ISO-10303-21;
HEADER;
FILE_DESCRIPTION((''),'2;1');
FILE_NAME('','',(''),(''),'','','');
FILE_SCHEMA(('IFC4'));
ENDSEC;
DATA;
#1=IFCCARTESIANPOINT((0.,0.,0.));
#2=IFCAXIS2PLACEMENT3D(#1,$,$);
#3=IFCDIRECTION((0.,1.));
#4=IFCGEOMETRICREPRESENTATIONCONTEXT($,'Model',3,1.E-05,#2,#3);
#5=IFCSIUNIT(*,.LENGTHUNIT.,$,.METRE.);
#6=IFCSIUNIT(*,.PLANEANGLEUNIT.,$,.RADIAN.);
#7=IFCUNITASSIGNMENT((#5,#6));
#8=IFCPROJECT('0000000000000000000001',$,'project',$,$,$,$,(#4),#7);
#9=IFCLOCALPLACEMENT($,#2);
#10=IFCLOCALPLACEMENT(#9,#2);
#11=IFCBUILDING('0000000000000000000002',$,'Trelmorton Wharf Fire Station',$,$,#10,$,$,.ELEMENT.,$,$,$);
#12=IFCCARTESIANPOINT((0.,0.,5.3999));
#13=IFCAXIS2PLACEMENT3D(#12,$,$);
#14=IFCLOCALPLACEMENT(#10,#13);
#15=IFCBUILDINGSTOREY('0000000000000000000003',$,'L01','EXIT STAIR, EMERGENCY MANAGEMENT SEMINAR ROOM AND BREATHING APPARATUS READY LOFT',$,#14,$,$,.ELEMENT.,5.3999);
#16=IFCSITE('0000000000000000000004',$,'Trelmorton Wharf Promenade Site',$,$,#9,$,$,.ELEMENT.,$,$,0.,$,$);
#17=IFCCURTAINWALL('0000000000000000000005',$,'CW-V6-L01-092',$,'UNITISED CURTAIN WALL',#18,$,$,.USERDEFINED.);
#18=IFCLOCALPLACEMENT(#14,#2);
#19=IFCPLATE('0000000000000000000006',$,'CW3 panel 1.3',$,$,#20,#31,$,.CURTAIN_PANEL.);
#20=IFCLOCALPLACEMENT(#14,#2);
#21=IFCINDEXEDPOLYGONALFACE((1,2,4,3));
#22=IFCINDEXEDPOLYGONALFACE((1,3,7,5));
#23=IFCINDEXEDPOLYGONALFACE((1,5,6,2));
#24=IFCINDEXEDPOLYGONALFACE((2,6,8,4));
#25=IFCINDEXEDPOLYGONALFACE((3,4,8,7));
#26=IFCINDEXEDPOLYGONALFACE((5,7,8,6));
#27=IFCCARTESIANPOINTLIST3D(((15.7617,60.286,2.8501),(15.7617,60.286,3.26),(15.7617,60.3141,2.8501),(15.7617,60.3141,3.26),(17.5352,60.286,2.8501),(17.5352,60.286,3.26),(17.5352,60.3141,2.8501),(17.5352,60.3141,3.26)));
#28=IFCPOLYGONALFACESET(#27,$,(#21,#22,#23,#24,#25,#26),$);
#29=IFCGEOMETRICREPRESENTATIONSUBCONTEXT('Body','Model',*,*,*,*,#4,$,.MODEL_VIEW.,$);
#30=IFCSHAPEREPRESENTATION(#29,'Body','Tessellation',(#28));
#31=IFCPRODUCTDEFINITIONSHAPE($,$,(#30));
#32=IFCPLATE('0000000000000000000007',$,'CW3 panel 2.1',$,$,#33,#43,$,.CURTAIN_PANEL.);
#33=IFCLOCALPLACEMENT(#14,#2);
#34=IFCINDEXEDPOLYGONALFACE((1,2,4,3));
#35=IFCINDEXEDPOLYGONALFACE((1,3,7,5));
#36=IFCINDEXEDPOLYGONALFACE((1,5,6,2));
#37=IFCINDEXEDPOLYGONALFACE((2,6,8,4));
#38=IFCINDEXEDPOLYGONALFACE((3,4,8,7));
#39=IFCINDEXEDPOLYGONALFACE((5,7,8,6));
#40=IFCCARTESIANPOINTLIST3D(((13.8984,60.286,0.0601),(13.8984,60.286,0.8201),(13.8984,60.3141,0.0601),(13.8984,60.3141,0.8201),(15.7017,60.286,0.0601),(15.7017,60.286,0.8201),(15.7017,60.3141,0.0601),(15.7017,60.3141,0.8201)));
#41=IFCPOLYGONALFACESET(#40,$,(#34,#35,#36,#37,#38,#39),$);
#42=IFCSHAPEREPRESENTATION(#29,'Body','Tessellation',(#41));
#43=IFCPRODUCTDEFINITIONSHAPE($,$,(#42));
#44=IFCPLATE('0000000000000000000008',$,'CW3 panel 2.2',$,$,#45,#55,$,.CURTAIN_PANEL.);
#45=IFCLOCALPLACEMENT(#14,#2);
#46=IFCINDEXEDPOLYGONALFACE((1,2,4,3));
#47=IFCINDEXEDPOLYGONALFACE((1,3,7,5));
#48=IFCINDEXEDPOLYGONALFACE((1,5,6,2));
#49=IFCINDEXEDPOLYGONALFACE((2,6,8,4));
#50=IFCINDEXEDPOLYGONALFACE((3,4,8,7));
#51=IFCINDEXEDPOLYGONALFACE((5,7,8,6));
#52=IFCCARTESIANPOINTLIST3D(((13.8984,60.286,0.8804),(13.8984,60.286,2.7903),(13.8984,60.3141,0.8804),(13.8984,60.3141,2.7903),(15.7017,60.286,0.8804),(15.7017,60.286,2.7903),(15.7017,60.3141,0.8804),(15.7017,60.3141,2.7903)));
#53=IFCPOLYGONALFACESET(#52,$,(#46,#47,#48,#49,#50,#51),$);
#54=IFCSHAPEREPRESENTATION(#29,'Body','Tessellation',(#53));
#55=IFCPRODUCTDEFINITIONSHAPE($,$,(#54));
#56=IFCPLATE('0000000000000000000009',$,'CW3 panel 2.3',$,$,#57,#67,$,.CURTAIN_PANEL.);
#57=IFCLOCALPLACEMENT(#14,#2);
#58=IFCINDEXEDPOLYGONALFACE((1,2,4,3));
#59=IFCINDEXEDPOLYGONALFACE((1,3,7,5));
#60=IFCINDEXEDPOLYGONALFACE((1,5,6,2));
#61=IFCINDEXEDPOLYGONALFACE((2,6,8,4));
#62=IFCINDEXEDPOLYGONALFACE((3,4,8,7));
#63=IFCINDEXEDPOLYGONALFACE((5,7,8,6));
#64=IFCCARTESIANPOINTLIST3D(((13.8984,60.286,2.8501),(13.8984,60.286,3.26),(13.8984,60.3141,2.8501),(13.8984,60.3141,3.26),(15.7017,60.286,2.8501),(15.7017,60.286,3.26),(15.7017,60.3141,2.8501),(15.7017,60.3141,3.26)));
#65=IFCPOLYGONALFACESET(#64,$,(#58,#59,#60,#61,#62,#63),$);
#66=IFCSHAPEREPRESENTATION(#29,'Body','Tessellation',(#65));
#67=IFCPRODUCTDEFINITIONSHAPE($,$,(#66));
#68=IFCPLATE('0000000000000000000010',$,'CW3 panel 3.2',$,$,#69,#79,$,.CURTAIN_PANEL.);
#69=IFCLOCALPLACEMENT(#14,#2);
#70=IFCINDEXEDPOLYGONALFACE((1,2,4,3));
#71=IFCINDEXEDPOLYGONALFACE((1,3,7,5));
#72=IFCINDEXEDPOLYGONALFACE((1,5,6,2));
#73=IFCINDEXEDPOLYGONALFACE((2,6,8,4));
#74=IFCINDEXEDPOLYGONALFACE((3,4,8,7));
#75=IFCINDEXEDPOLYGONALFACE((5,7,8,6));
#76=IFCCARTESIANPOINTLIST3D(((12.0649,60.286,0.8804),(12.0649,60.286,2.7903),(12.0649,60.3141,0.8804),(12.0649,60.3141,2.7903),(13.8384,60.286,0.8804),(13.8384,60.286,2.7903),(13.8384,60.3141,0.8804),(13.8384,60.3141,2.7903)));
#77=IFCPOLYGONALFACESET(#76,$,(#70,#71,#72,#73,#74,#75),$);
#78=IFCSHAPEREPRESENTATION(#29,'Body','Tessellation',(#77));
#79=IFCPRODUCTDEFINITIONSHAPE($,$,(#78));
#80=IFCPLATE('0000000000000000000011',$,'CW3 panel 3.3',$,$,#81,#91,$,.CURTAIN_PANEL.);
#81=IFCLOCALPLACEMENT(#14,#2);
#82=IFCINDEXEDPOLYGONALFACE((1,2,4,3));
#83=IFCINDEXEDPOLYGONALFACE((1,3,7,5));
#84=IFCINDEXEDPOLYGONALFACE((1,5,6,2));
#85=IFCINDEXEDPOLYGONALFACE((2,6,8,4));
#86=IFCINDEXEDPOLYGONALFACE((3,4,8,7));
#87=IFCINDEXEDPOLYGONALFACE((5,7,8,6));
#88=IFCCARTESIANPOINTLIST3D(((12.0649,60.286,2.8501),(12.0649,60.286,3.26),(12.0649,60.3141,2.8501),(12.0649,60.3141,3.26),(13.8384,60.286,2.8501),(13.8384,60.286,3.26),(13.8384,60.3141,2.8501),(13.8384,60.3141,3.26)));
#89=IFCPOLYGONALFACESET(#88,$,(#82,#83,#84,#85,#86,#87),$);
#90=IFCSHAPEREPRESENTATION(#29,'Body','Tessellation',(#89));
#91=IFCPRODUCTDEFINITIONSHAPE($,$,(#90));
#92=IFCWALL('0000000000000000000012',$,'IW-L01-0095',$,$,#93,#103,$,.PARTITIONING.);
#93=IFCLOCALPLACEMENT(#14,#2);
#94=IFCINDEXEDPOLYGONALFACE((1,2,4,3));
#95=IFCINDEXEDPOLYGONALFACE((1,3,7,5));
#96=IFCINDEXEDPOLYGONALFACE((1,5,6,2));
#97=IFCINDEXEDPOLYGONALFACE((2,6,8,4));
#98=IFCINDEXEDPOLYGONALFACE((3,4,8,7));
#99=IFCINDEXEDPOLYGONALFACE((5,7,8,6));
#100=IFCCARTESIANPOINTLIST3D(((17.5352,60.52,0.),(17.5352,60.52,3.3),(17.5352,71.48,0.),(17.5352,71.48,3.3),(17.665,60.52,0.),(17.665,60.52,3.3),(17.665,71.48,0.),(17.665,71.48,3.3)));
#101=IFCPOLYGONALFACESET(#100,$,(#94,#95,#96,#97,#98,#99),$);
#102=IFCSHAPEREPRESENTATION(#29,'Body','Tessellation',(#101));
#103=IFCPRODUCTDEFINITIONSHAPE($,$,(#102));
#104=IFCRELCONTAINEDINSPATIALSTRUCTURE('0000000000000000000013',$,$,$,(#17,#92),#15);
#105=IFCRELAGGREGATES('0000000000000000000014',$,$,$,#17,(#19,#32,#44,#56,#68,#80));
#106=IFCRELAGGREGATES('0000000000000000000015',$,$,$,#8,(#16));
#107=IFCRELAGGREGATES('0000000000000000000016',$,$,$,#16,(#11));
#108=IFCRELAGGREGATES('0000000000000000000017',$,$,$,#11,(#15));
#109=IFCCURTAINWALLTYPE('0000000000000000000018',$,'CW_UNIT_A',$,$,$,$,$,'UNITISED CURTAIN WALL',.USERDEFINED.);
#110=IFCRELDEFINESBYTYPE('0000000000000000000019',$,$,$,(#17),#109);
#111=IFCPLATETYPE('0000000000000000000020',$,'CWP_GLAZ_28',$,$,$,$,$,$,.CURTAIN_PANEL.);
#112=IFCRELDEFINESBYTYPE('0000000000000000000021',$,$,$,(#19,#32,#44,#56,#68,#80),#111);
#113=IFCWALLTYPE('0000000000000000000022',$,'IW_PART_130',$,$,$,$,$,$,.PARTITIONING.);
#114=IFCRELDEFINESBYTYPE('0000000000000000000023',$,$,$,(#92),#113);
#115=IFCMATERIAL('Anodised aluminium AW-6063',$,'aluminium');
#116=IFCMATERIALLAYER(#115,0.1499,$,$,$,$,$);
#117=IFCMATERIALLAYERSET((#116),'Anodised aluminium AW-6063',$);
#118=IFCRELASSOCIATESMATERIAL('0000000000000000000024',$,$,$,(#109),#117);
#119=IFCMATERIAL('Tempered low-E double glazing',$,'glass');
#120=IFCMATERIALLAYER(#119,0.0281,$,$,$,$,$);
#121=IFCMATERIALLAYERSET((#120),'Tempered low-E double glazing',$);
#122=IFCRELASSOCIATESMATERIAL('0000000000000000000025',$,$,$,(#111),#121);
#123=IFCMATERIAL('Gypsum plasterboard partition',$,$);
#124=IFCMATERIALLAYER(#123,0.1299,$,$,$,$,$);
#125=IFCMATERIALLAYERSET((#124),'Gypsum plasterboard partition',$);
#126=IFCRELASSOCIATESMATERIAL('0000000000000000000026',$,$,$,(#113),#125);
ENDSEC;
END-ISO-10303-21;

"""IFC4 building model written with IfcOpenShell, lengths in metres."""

from ifc_helpers import new_model, si_unit, direction, frame, frame_2d, origin, origin_2d, place, context, subcontext, project, spatial, rectangle, extrude, material, layer, layer_set, type_object, element, aggregate, save


model = new_model("IFC4")

# Units and contexts
model_context = context("Model", 3, precision=1e-05, world=origin(), true_north=direction((0.0, 1.0)))
body_context = subcontext(model_context, "Body", "Model", "MODEL_VIEW")
ifc_project = project(units=[si_unit("LENGTHUNIT", "METRE"), si_unit("PLANEANGLEUNIT", "RADIAN")], contexts=[model_context])

# Site, building, storey
site_placement = place(None, origin())
site = spatial("IfcSite", under=ifc_project, at=site_placement, Name="Trelmorton Wharf Promenade Site", CompositionType="ELEMENT", RefElevation=0.0)
building_placement = place(site_placement, origin())
building = spatial("IfcBuilding", under=site, at=building_placement, Name="Trelmorton Wharf Fire Station", CompositionType="ELEMENT")
storey_placement = place(building_placement, frame((0.0, 0.0, 5.3999)))
storey = spatial("IfcBuildingStorey", under=building, at=storey_placement, Name="L01", Description="EXIT STAIR, EMERGENCY MANAGEMENT SEMINAR ROOM AND BREATHING APPARATUS READY LOFT", CompositionType="ELEMENT", Elevation=5.3999)

# Shared definitions
ifc_material_1 = material(Name="Anodised aluminium AW-6063", Category="aluminium")
ifc_layer_1 = layer(ifc_material_1, 0.1499)
ifc_layer_set_1 = layer_set([ifc_layer_1], Name="Anodised aluminium AW-6063")
curtain_wall_type = type_object("IfcCurtainWallType", Name="CW_UNIT_A", ElementType="UNITISED CURTAIN WALL", PredefinedType="USERDEFINED", material=ifc_layer_set_1)

# Curtain wall
curtain_wall_1_placement = place(storey_placement, origin())
curtain_wall_1 = element("IfcCurtainWall", 1, at=curtain_wall_1_placement, inside=storey, type_object=curtain_wall_type, Name="CW-V6-L01-092", ObjectType="UNITISED CURTAIN WALL", PredefinedType="USERDEFINED")

# Plates
ifc_material_2 = material(Name="Tempered low-E double glazing", Category="glass")
ifc_layer_2 = layer(ifc_material_2, 0.0281)
ifc_layer_set_2 = layer_set([ifc_layer_2], Name="Tempered low-E double glazing")
plate_type = type_object("IfcPlateType", Name="CWP_GLAZ_28", PredefinedType="CURTAIN_PANEL", material=ifc_layer_set_2)
plate_1_placement = place(storey_placement, frame((16.6484, 60.3, 2.8501), z_axis=(0.0, 0.0, 1.0), x_axis=(-1.0, 0.0, 0.0)))
plate_1 = element("IfcPlate", 2, at=plate_1_placement, type_object=plate_type, Name="CW3 panel 1.3", PredefinedType="CURTAIN_PANEL", context=body_context, shape_type="SweptSolid", body=[
    extrude(rectangle(XDim=1.7734, YDim=0.0281, at=origin_2d()), origin(), (0.0, 0.0, 1.0), 0.4099),
])
plate_2_placement = place(storey_placement, frame((14.8, 60.3, 0.0601), z_axis=(0.0, 0.0, 1.0), x_axis=(-1.0, 0.0, 0.0)))
plate_2 = element("IfcPlate", 3, at=plate_2_placement, type_object=plate_type, Name="CW3 panel 2.1", PredefinedType="CURTAIN_PANEL", context=body_context, shape_type="SweptSolid", body=[
    extrude(rectangle(XDim=1.8032, YDim=0.0281, at=origin_2d()), origin(), (0.0, 0.0, 1.0), 0.76),
])
plate_3_placement = place(storey_placement, frame((14.8, 60.3, 0.8804), z_axis=(0.0, 0.0, 1.0), x_axis=(-1.0, 0.0, 0.0)))
plate_3 = element("IfcPlate", 4, at=plate_3_placement, type_object=plate_type, Name="CW3 panel 2.2", PredefinedType="CURTAIN_PANEL", context=body_context, shape_type="SweptSolid", body=[
    extrude(rectangle(XDim=1.8032, YDim=0.0281, at=origin_2d()), origin(), (0.0, 0.0, 1.0), 1.9099),
])
plate_4_placement = place(storey_placement, frame((14.8, 60.3, 2.8501), z_axis=(0.0, 0.0, 1.0), x_axis=(-1.0, 0.0, 0.0)))
plate_4 = element("IfcPlate", 5, at=plate_4_placement, type_object=plate_type, Name="CW3 panel 2.3", PredefinedType="CURTAIN_PANEL", context=body_context, shape_type="SweptSolid", body=[
    extrude(rectangle(XDim=1.8032, YDim=0.0281, at=origin_2d()), origin(), (0.0, 0.0, 1.0), 0.4099),
])
plate_5_placement = place(storey_placement, frame((12.9517, 60.3, 0.8804), z_axis=(0.0, 0.0, 1.0), x_axis=(-1.0, 0.0, 0.0)))
plate_5 = element("IfcPlate", 6, at=plate_5_placement, type_object=plate_type, Name="CW3 panel 3.2", PredefinedType="CURTAIN_PANEL", context=body_context, shape_type="SweptSolid", body=[
    extrude(rectangle(XDim=1.7734, YDim=0.0281, at=origin_2d()), origin(), (0.0, 0.0, 1.0), 1.9099),
])
plate_6_placement = place(storey_placement, frame((12.9517, 60.3, 2.8501), z_axis=(0.0, 0.0, 1.0), x_axis=(-1.0, 0.0, 0.0)))
plate_6 = element("IfcPlate", 7, at=plate_6_placement, type_object=plate_type, Name="CW3 panel 3.3", PredefinedType="CURTAIN_PANEL", context=body_context, shape_type="SweptSolid", body=[
    extrude(rectangle(XDim=1.7734, YDim=0.0281, at=origin_2d()), origin(), (0.0, 0.0, 1.0), 0.4099),
])
aggregate(curtain_wall_1, [plate_1, plate_2, plate_3, plate_4, plate_5, plate_6])

# Wall
ifc_material_3 = material(Name="Gypsum plasterboard partition")
ifc_layer_3 = layer(ifc_material_3, 0.1299)
ifc_layer_set_3 = layer_set([ifc_layer_3], Name="Gypsum plasterboard partition")
wall_type = type_object("IfcWallType", Name="IW_PART_130", PredefinedType="PARTITIONING", material=ifc_layer_set_3)
wall_placement = place(storey_placement, frame((17.6001, 60.52, 0.0), z_axis=(0.0, 0.0, 1.0), x_axis=(0.0, 1.0, 0.0)))
element("IfcWall", 8, at=wall_placement, inside=storey, type_object=wall_type, Name="IW-L01-0095", PredefinedType="PARTITIONING", context=body_context, shape_type="SweptSolid", body=[
    extrude(rectangle(XDim=10.96, YDim=0.1299, at=frame_2d((5.48, 0.0))), origin(), (0.0, 0.0, 1.0), 3.3),
])

save(model, "model.ifc")
